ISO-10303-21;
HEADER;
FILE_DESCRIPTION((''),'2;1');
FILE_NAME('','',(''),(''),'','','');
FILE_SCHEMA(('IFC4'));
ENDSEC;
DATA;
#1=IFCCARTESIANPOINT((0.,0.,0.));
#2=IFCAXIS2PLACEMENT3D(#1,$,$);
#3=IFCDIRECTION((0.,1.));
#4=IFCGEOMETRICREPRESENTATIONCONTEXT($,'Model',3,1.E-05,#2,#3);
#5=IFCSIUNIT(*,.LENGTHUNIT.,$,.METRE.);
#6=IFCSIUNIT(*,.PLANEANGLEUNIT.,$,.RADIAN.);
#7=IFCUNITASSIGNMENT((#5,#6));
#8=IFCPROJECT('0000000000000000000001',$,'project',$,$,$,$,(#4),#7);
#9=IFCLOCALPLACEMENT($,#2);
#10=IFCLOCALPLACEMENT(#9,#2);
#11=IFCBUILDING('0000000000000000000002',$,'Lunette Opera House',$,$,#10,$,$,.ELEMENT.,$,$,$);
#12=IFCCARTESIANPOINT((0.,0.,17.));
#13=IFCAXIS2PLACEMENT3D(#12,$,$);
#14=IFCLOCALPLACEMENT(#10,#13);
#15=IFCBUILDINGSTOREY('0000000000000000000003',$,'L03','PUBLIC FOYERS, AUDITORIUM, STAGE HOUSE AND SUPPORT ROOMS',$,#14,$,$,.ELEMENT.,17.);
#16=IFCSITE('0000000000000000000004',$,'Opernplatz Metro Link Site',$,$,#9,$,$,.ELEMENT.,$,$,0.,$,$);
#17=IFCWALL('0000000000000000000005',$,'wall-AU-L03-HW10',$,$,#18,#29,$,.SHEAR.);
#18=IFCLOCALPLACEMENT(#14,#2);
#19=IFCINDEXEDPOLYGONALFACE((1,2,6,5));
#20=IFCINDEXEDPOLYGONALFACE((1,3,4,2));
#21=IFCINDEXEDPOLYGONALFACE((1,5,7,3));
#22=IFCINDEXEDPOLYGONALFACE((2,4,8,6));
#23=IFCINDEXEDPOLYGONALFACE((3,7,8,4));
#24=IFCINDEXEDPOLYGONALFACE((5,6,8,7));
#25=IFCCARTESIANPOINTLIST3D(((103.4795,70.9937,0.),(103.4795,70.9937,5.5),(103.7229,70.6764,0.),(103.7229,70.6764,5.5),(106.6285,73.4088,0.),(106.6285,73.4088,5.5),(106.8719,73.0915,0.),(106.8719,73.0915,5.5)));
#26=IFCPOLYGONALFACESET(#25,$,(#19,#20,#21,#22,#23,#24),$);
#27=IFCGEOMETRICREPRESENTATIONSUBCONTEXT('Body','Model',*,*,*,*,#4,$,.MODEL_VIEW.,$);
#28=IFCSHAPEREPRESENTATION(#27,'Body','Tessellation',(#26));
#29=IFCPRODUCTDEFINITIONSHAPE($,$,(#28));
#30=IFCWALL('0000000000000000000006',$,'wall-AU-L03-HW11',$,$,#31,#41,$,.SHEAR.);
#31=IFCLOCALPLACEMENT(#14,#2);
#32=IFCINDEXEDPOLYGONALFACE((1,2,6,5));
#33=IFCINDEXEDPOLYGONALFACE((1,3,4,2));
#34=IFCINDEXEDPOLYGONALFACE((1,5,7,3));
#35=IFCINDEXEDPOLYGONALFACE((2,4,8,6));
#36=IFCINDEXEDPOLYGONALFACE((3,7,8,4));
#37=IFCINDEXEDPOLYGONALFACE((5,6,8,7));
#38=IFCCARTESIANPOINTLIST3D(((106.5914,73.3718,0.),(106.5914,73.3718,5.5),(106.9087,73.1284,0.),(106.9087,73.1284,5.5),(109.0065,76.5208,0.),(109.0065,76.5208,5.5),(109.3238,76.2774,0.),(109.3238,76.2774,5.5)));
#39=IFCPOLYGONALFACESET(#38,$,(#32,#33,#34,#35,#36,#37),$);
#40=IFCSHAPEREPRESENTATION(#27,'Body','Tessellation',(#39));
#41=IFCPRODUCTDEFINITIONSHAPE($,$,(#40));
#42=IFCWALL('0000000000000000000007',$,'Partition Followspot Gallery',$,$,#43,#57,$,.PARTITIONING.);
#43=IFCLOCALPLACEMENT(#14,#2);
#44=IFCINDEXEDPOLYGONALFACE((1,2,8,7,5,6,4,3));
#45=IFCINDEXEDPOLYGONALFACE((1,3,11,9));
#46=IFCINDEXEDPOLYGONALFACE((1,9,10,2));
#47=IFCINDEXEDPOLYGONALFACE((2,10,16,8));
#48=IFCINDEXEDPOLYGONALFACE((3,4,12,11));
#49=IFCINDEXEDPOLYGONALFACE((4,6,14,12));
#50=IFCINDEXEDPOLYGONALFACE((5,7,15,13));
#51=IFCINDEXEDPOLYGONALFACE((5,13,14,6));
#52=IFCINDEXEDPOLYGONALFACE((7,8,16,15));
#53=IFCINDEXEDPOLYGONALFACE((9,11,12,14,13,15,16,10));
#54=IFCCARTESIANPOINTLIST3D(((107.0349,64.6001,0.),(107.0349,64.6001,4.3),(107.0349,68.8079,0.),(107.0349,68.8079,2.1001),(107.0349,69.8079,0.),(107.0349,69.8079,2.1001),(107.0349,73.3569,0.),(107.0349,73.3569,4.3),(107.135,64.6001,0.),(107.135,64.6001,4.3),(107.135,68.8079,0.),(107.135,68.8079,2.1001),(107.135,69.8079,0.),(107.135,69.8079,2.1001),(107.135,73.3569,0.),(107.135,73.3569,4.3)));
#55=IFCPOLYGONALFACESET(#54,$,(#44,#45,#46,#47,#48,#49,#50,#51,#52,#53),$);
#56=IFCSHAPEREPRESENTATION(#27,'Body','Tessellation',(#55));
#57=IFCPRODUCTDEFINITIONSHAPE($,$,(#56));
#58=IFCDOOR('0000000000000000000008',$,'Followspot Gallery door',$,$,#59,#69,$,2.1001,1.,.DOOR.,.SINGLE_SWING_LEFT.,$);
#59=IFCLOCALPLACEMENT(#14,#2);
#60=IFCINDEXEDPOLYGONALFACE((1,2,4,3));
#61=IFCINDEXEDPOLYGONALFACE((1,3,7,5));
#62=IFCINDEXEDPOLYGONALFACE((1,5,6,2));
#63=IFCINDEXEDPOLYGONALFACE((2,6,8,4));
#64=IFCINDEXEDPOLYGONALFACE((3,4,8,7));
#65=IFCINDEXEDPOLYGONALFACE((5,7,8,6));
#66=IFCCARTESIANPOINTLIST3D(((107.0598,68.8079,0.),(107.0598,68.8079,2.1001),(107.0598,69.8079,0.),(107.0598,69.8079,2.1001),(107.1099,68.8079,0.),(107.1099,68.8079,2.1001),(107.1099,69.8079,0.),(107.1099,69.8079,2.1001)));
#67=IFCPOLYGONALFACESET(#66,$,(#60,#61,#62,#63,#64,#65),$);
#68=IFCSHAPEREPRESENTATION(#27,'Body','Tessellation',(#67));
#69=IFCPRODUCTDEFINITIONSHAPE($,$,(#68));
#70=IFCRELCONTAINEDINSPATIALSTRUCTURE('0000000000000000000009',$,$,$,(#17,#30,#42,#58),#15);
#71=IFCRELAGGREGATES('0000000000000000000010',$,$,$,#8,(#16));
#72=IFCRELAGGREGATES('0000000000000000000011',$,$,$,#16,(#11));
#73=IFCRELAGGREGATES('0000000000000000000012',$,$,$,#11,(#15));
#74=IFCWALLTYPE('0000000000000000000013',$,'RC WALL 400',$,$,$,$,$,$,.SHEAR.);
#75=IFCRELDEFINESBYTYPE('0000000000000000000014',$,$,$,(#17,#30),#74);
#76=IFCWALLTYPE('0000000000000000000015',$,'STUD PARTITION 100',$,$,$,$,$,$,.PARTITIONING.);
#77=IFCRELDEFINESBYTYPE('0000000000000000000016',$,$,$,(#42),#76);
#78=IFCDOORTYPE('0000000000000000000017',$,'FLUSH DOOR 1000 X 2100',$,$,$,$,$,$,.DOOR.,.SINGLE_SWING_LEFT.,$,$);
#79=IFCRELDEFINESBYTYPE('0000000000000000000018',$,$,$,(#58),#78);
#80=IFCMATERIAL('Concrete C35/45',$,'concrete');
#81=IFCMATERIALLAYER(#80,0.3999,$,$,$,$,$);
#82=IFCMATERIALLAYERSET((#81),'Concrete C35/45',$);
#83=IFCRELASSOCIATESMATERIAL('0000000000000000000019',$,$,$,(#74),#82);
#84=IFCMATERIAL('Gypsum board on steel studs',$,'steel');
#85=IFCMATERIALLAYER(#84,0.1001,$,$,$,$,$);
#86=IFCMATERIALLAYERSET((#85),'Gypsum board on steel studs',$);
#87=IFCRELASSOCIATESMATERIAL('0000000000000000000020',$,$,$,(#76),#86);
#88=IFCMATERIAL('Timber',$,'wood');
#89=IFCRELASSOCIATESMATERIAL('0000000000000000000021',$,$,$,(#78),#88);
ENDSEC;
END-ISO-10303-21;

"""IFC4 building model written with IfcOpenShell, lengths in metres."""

from ifc_helpers import new_model, si_unit, direction, frame, frame_2d, origin, place, context, subcontext, project, spatial, rectangle, extrude, material, layer, layer_set, type_object, element, fill, save


model = new_model("IFC4")

# Units and contexts
model_context = context("Model", 3, precision=1e-05, world=origin(), true_north=direction((0.0, 1.0)))
body_context = subcontext(model_context, "Body", "Model", "MODEL_VIEW")
ifc_project = project(units=[si_unit("LENGTHUNIT", "METRE"), si_unit("PLANEANGLEUNIT", "RADIAN")], contexts=[model_context])

# Site, building, storey
site_placement = place(None, origin())
site = spatial("IfcSite", under=ifc_project, at=site_placement, Name="Opernplatz Metro Link Site", CompositionType="ELEMENT", RefElevation=0.0)
building_placement = place(site_placement, origin())
building = spatial("IfcBuilding", under=site, at=building_placement, Name="Lunette Opera House", CompositionType="ELEMENT")
storey_placement = place(building_placement, frame((0.0, 0.0, 17.0)))
storey = spatial("IfcBuildingStorey", under=building, at=storey_placement, Name="L03", Description="PUBLIC FOYERS, AUDITORIUM, STAGE HOUSE AND SUPPORT ROOMS", CompositionType="ELEMENT", Elevation=17.0)

# Shared definitions
ifc_material_1 = material(Name="Concrete C35/45", Category="concrete")
ifc_layer_1 = layer(ifc_material_1, 0.3999)
ifc_layer_set_1 = layer_set([ifc_layer_1], Name="Concrete C35/45")
wall_type_1 = type_object("IfcWallType", Name="RC WALL 400", PredefinedType="SHEAR", material=ifc_layer_set_1)

# Walls
for number, where, z_axis, x_axis, name in (
    (1, (103.6011, 70.835, 0.0), (0.0, 0.0, 1.0), (0.793501, 0.608568, 0.0), "wall-AU-L03-HW10"),
    (2, (106.75, 73.25, 0.0), (0.0, 0.0, 1.0), (0.608568, 0.793501, 0.0), "wall-AU-L03-HW11"),
):
    element("IfcWall", number, at=place(storey_placement, frame(where, z_axis=z_axis, x_axis=x_axis)), inside=storey, type_object=wall_type_1, Name=name, PredefinedType="SHEAR", context=body_context, shape_type="SweptSolid", body=[
        extrude(rectangle(XDim=3.9685, YDim=0.3999, at=frame_2d((1.9844, 0.0))), origin(), (0.0, 0.0, 1.0), 5.5),
    ])

# Wall, opening, door
ifc_material_2 = material(Name="Gypsum board on steel studs", Category="steel")
ifc_layer_2 = layer(ifc_material_2, 0.1001)
ifc_layer_set_2 = layer_set([ifc_layer_2], Name="Gypsum board on steel studs")
wall_type_2 = type_object("IfcWallType", Name="STUD PARTITION 100", PredefinedType="PARTITIONING", material=ifc_layer_set_2)
wall_1_placement = place(storey_placement, frame((107.085, 73.3569, 0.0), z_axis=(0.0, 0.0, 1.0), x_axis=(0.0, -1.0, 0.0)))
wall_1 = element("IfcWall", 3, at=wall_1_placement, inside=storey, type_object=wall_type_2, Name="Partition Followspot Gallery", PredefinedType="PARTITIONING", context=body_context, shape_type="SweptSolid", body=[
    extrude(rectangle(XDim=8.7568, YDim=0.1001, at=frame_2d((4.3784, 0.0))), origin(), (0.0, 0.0, 1.0), 4.3),
])
opening_1_placement = place(wall_1_placement, frame((3.5491, 0.0, 0.0)))
opening_1 = element("IfcOpeningElement", 4, at=opening_1_placement, cuts=wall_1, PredefinedType="OPENING", context=body_context, shape_type="SweptSolid", body=[
    extrude(rectangle(XDim=1.0, YDim=2.1001, at=frame_2d((0.5, 1.05))), frame((0.0, 0.062, 0.0), z_axis=(0.0, -1.0, 0.0), x_axis=(1.0, 0.0, 0.0)), (0.0, 0.0, 1.0), 0.124),
])
ifc_material_3 = material(Name="Timber", Category="wood")
door_type_1 = type_object("IfcDoorType", Name="FLUSH DOOR 1000 X 2100", OperationType="SINGLE_SWING_LEFT", PredefinedType="DOOR", material=ifc_material_3)
door_1_placement = place(opening_1_placement, origin())
door_1 = element("IfcDoor", 5, at=door_1_placement, inside=storey, type_object=door_type_1, Name="Followspot Gallery door", OperationType="SINGLE_SWING_LEFT", OverallHeight=2.1001, OverallWidth=1.0, PredefinedType="DOOR", context=body_context, shape_type="SweptSolid", body=[
    extrude(rectangle(XDim=1.0, YDim=2.1001, at=frame_2d((0.5, 1.05))), frame((0.0, 0.0249, 0.0), z_axis=(0.0, -1.0, 0.0), x_axis=(1.0, 0.0, 0.0)), (0.0, 0.0, 1.0), 0.05),
])
fill(opening_1, door_1)

save(model, "model.ifc")
